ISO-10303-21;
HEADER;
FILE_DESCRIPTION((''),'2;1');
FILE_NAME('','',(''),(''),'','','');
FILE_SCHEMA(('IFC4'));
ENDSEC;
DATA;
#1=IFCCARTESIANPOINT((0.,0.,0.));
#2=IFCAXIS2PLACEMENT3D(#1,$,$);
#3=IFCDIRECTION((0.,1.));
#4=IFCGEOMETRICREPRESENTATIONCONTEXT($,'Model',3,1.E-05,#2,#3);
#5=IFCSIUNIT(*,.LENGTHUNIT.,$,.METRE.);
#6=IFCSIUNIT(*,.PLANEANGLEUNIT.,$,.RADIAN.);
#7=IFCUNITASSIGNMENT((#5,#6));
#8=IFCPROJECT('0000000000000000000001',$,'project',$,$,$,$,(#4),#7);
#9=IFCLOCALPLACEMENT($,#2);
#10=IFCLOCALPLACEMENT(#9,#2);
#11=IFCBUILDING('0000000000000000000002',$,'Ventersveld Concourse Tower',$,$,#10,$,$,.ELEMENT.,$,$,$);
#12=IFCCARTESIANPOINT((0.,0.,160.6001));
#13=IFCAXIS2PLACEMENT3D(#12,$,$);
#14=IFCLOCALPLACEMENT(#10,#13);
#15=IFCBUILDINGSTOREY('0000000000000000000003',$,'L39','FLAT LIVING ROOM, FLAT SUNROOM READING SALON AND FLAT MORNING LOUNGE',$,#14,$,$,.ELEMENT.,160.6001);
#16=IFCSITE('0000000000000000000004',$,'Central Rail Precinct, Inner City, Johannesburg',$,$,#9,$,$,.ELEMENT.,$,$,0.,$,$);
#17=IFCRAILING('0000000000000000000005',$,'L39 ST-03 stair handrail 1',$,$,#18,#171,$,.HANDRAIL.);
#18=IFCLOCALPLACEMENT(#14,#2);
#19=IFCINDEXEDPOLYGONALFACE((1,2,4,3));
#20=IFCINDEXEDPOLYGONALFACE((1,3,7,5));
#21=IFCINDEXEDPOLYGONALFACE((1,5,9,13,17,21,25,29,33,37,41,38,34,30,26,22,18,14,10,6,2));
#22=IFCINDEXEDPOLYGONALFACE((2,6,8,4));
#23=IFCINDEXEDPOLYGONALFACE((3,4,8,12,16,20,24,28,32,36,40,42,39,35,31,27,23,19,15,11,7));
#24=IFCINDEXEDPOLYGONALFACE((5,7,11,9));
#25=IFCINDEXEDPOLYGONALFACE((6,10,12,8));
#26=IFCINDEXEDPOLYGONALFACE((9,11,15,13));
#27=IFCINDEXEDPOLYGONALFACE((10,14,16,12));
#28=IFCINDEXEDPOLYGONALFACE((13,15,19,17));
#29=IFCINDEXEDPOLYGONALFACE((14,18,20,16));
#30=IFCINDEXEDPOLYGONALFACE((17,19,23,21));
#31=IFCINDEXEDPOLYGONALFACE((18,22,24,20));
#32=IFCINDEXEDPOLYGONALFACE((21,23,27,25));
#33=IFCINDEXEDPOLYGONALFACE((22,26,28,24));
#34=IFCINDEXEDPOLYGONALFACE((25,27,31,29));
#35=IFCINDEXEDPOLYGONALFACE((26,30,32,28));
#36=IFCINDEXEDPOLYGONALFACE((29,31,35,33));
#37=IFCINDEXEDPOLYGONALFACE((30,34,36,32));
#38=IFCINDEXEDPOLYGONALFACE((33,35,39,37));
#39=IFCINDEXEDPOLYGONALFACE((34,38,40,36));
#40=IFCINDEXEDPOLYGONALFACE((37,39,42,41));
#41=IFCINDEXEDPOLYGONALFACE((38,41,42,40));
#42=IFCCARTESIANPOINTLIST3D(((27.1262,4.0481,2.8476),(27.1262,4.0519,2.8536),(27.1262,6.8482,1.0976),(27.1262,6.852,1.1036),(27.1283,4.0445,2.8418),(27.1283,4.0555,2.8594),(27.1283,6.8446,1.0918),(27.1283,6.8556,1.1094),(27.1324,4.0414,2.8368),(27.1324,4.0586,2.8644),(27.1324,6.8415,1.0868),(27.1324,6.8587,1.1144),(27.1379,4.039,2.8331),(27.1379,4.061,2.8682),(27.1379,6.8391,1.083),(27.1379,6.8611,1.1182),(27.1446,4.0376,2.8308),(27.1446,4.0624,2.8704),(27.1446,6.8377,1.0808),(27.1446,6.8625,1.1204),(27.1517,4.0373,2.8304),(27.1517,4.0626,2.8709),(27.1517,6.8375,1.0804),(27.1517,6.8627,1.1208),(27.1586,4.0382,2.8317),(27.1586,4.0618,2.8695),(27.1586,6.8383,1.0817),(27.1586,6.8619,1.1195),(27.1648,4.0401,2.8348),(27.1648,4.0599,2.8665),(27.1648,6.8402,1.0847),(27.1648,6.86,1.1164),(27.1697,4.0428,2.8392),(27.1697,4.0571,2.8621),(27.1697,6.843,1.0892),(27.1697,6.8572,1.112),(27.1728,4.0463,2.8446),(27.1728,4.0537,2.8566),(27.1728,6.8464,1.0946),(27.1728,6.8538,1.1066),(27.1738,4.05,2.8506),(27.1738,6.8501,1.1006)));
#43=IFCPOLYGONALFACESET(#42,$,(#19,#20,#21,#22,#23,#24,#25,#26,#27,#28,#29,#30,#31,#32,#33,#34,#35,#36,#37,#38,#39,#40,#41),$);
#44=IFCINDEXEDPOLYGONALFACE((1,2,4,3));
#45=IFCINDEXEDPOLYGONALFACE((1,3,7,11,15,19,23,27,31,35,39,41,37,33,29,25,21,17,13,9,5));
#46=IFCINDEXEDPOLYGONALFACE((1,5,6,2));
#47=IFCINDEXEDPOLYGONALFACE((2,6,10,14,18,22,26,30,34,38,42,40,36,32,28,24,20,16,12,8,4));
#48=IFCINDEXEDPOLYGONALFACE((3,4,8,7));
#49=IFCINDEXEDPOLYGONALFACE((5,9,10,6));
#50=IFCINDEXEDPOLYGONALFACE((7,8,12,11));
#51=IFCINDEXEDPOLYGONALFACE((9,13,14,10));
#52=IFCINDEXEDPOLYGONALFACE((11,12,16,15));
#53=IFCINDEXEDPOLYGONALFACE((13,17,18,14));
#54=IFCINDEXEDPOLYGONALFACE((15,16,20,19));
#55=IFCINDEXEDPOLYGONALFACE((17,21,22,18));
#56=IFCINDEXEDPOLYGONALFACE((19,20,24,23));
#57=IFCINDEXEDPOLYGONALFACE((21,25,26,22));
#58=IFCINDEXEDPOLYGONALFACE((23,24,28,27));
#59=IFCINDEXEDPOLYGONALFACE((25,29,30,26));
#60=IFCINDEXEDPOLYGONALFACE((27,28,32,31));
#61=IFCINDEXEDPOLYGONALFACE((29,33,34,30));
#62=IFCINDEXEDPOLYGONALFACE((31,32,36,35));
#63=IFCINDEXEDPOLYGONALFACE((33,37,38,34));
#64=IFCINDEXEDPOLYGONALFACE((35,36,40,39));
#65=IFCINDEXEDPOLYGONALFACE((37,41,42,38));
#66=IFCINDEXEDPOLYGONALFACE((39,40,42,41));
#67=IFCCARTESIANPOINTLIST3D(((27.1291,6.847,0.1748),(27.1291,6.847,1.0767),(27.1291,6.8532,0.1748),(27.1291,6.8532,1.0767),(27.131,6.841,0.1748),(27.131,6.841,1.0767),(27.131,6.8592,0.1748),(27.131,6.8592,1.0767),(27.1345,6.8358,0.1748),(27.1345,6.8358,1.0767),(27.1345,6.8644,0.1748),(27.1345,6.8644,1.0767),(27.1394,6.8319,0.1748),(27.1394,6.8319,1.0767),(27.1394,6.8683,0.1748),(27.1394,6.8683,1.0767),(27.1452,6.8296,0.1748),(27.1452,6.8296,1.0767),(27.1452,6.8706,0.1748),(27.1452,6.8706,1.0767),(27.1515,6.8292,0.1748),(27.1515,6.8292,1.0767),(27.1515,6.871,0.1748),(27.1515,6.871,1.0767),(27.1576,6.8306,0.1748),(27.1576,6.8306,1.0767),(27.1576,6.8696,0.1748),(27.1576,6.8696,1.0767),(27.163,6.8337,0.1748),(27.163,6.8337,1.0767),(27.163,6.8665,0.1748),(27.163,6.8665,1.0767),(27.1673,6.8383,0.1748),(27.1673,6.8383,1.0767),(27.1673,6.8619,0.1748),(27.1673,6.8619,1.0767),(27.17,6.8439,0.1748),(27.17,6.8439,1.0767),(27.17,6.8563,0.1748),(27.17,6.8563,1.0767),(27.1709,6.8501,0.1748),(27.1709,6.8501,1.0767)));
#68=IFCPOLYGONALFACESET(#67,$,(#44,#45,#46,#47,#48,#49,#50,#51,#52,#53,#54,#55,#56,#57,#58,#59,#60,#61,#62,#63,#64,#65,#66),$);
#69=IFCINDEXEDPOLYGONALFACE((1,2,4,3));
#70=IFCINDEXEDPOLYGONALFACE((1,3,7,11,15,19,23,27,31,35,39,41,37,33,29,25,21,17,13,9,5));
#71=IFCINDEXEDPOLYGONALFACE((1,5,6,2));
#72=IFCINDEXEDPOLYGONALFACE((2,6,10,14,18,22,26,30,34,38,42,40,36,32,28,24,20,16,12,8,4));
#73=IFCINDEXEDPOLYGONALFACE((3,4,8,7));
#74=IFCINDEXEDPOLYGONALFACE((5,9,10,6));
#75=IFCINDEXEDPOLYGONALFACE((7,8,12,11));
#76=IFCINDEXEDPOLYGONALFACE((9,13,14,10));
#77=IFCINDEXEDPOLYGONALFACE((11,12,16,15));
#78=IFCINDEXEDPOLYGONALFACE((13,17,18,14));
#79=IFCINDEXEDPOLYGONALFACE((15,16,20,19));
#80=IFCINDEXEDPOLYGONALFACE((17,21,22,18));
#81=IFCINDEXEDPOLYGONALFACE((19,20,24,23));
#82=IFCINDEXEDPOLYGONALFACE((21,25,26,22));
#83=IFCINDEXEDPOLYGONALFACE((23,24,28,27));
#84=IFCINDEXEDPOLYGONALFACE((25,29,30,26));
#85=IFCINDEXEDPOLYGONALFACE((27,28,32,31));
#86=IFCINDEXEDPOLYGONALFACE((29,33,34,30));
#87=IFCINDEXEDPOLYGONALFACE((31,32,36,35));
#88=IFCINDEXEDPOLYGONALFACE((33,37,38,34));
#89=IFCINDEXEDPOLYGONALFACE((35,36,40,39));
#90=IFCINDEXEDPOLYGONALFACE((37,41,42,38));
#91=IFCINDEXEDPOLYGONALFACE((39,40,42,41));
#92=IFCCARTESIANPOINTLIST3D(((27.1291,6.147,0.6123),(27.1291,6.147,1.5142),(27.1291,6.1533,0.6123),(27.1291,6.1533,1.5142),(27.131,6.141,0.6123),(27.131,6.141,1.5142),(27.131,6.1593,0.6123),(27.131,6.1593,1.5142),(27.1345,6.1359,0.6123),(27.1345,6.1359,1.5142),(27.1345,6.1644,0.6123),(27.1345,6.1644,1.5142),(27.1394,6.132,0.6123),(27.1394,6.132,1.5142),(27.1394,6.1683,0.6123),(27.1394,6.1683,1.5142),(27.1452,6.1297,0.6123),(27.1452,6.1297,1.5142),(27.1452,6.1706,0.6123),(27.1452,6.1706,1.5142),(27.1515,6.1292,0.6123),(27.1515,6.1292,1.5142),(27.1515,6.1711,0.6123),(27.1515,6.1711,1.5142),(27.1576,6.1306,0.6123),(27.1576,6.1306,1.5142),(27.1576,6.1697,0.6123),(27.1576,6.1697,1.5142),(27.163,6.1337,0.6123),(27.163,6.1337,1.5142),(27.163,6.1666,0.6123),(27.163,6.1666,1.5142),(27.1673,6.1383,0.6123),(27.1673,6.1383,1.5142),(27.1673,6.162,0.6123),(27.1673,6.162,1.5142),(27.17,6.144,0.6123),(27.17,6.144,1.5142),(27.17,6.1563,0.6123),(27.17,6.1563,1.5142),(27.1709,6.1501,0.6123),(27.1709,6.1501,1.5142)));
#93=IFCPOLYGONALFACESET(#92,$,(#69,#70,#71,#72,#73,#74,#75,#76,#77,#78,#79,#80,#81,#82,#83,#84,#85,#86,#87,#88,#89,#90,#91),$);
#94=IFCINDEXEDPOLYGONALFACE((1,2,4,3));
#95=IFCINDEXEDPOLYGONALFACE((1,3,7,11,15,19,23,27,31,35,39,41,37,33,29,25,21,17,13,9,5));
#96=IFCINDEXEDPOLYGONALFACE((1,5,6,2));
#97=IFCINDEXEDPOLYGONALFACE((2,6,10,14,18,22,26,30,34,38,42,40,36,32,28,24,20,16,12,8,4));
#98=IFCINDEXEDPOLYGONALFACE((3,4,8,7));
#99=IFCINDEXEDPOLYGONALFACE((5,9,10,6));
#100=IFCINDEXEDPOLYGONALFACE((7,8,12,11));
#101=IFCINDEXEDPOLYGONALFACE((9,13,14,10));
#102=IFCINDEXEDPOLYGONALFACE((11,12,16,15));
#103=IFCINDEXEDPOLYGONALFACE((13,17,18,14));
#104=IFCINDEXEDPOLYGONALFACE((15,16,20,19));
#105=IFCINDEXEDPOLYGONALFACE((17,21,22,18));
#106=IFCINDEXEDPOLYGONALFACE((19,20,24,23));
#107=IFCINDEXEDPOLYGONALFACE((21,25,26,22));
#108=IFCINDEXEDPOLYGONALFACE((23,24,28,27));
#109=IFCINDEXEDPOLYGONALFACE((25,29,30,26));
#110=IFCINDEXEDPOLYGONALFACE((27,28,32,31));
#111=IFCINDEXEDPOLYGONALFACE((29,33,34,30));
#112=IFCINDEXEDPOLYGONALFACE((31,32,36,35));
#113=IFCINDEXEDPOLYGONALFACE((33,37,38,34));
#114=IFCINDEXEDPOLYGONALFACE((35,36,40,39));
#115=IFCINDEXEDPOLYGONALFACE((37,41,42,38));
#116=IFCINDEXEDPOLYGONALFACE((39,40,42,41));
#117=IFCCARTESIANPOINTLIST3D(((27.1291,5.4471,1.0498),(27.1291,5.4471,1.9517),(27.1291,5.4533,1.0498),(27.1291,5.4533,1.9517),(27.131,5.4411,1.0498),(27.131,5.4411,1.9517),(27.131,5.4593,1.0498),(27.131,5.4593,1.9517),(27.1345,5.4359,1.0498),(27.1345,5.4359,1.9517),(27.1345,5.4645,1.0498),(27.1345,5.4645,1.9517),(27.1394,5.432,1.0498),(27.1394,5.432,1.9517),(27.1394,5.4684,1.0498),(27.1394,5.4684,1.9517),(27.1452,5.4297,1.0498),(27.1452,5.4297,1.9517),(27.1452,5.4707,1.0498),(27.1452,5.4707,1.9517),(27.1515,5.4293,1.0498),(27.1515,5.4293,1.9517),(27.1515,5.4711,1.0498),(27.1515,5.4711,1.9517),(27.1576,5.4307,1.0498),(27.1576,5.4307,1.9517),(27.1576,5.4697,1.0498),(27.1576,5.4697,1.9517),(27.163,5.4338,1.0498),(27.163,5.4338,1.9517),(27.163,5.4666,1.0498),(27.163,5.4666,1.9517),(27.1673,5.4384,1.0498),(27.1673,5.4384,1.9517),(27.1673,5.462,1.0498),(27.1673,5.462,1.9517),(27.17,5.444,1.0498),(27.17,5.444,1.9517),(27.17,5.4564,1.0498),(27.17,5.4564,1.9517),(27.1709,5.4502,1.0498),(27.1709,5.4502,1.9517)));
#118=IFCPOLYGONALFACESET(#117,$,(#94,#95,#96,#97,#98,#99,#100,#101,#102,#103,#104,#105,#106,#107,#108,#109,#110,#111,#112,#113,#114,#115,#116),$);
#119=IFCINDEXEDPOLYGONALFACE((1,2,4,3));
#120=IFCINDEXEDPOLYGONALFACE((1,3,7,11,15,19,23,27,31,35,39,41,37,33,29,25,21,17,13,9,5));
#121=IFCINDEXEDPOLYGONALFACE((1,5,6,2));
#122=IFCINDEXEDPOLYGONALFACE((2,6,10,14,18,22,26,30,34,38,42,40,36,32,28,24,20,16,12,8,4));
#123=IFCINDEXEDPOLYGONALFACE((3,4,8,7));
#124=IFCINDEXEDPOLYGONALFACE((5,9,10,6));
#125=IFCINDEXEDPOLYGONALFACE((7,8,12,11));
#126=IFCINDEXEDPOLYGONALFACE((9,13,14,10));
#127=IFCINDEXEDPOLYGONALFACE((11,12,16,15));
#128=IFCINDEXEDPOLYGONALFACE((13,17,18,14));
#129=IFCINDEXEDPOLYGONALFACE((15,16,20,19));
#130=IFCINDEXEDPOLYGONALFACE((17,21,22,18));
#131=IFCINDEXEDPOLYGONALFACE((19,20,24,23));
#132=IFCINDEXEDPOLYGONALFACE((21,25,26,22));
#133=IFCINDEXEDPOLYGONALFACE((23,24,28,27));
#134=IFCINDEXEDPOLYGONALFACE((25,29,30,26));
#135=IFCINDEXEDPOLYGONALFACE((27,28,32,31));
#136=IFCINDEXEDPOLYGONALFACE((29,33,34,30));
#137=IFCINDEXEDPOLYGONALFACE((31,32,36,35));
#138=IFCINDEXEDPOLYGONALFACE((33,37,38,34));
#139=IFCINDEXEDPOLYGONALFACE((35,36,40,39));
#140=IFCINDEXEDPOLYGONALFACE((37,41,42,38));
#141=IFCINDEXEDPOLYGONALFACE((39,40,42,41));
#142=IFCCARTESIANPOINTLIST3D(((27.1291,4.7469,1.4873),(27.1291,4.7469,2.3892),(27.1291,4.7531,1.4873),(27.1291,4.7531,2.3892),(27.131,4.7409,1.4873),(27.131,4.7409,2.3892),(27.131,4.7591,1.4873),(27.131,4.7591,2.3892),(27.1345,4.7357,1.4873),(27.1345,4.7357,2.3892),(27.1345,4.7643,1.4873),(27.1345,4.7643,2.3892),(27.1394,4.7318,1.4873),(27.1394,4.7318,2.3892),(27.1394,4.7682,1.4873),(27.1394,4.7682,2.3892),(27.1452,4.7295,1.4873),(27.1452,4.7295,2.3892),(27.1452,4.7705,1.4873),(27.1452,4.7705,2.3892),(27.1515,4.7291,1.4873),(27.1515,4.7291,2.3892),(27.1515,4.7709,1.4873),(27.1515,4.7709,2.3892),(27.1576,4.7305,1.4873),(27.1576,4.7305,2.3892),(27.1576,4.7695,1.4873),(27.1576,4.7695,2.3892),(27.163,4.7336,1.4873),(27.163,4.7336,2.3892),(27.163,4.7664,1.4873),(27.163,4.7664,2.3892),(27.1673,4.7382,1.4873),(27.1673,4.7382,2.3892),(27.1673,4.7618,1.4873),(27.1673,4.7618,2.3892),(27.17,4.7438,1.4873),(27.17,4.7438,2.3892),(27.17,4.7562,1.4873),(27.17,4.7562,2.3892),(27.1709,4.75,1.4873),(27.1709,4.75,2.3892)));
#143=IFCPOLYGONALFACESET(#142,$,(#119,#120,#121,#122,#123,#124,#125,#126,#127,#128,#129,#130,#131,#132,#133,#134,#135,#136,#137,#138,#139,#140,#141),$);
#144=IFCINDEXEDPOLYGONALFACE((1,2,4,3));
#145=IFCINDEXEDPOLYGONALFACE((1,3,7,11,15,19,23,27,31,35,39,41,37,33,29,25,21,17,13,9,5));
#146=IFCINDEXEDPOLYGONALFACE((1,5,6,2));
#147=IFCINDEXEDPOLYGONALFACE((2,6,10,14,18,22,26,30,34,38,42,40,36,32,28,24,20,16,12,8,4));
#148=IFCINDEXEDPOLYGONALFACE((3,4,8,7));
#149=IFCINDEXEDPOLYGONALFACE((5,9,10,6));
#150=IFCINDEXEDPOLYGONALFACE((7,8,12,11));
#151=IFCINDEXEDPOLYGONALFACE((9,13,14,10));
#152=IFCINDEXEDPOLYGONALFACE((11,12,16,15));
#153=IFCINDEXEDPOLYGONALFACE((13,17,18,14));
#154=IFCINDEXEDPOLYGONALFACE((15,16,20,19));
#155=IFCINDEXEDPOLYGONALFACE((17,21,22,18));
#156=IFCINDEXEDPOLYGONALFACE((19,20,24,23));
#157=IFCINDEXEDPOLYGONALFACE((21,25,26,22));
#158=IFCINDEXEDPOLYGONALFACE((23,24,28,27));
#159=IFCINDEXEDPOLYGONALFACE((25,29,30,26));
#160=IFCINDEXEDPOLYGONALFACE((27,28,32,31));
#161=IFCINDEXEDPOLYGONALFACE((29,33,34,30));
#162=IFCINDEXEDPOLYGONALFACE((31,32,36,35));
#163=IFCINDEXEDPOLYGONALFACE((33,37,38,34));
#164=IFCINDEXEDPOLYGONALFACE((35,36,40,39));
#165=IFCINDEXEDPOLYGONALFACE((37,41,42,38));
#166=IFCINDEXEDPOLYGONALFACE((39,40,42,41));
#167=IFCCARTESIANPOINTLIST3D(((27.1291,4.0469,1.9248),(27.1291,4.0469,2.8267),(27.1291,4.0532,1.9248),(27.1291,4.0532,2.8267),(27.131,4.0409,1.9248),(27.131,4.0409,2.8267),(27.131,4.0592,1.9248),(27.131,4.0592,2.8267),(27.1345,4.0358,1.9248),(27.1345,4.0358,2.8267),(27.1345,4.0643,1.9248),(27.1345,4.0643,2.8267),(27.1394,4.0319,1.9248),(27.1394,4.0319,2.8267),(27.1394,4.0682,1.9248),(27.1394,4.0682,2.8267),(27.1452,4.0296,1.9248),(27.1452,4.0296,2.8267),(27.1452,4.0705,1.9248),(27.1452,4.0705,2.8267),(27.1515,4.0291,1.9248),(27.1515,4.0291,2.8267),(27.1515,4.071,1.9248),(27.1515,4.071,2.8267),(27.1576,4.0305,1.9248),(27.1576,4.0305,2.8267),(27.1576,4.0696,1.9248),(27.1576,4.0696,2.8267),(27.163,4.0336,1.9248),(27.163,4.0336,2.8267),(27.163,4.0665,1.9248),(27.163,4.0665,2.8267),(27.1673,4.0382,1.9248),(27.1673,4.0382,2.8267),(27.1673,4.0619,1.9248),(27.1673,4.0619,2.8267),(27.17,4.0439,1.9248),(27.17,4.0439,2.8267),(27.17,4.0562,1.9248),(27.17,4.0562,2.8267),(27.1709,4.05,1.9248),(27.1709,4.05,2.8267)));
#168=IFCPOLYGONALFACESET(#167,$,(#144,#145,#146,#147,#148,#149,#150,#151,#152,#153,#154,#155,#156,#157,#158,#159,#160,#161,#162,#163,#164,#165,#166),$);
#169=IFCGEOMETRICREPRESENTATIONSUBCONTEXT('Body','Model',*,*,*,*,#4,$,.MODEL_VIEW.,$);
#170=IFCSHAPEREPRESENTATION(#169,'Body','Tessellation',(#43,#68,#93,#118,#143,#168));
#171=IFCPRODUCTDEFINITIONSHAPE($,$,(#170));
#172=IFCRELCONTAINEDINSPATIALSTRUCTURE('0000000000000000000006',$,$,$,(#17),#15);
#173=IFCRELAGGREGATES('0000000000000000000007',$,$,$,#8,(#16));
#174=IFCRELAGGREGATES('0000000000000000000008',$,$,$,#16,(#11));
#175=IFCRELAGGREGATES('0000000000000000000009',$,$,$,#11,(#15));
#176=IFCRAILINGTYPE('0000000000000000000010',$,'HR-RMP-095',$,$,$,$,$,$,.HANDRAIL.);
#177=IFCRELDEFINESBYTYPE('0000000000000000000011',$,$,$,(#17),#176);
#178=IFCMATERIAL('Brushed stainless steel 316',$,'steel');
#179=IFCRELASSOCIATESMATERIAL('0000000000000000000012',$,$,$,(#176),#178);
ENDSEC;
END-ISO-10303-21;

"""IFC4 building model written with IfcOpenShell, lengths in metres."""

from ifc_helpers import new_model, si_unit, direction, frame, origin, origin_2d, place, context, subcontext, project, spatial, circle, extrude, material, type_object, element, save


model = new_model("IFC4")

# Units and contexts
model_context = context("Model", 3, precision=1e-05, world=origin(), true_north=direction((0.0, 1.0)))
body_context = subcontext(model_context, "Body", "Model", "MODEL_VIEW")
ifc_project = project(units=[si_unit("LENGTHUNIT", "METRE"), si_unit("PLANEANGLEUNIT", "RADIAN")], contexts=[model_context])

# Site, building, storey
site_placement = place(None, origin())
site = spatial("IfcSite", under=ifc_project, at=site_placement, Name="Central Rail Precinct, Inner City, Johannesburg", CompositionType="ELEMENT", RefElevation=0.0)
building_placement = place(site_placement, origin())
building = spatial("IfcBuilding", under=site, at=building_placement, Name="Ventersveld Concourse Tower", CompositionType="ELEMENT")
storey_placement = place(building_placement, frame((0.0, 0.0, 160.6001)))
storey = spatial("IfcBuildingStorey", under=building, at=storey_placement, Name="L39", Description="FLAT LIVING ROOM, FLAT SUNROOM READING SALON AND FLAT MORNING LOUNGE", CompositionType="ELEMENT", Elevation=160.6001)

# Railing
ifc_material_1 = material(Name="Brushed stainless steel 316", Category="steel")
railing_type = type_object("IfcRailingType", Name="HR-RMP-095", PredefinedType="HANDRAIL", material=ifc_material_1)
railing_placement = place(storey_placement, frame((27.1499, 6.8501, 0.1748)))
element("IfcRailing", 1, at=railing_placement, inside=storey, type_object=railing_type, Name="L39 ST-03 stair handrail 1", PredefinedType="HANDRAIL", context=body_context, shape_type="SweptSolid", body=[
    extrude(circle(Radius=0.0239, at=origin_2d()), frame((0.0, 0.0, 0.9258), z_axis=(0.0, -0.848002, 0.529992), x_axis=(1.0, 0.0, 0.0)), (0.0, 0.0, 1.0), 3.302),
    extrude(circle(Radius=0.021, at=origin_2d()), origin(), (0.0, 0.0, 1.0), 0.9019),
    extrude(circle(Radius=0.021, at=origin_2d()), frame((0.0, -0.7, 0.4375)), (0.0, 0.0, 1.0), 0.9019),
    extrude(circle(Radius=0.021, at=origin_2d()), frame((0.0, -1.3999, 0.875)), (0.0, 0.0, 1.0), 0.9019),
    extrude(circle(Radius=0.021, at=origin_2d()), frame((0.0, -2.1001, 1.3125)), (0.0, 0.0, 1.0), 0.9019),
    extrude(circle(Radius=0.021, at=origin_2d()), frame((0.0, -2.8, 1.75)), (0.0, 0.0, 1.0), 0.9019),
])

save(model, "model.ifc")
